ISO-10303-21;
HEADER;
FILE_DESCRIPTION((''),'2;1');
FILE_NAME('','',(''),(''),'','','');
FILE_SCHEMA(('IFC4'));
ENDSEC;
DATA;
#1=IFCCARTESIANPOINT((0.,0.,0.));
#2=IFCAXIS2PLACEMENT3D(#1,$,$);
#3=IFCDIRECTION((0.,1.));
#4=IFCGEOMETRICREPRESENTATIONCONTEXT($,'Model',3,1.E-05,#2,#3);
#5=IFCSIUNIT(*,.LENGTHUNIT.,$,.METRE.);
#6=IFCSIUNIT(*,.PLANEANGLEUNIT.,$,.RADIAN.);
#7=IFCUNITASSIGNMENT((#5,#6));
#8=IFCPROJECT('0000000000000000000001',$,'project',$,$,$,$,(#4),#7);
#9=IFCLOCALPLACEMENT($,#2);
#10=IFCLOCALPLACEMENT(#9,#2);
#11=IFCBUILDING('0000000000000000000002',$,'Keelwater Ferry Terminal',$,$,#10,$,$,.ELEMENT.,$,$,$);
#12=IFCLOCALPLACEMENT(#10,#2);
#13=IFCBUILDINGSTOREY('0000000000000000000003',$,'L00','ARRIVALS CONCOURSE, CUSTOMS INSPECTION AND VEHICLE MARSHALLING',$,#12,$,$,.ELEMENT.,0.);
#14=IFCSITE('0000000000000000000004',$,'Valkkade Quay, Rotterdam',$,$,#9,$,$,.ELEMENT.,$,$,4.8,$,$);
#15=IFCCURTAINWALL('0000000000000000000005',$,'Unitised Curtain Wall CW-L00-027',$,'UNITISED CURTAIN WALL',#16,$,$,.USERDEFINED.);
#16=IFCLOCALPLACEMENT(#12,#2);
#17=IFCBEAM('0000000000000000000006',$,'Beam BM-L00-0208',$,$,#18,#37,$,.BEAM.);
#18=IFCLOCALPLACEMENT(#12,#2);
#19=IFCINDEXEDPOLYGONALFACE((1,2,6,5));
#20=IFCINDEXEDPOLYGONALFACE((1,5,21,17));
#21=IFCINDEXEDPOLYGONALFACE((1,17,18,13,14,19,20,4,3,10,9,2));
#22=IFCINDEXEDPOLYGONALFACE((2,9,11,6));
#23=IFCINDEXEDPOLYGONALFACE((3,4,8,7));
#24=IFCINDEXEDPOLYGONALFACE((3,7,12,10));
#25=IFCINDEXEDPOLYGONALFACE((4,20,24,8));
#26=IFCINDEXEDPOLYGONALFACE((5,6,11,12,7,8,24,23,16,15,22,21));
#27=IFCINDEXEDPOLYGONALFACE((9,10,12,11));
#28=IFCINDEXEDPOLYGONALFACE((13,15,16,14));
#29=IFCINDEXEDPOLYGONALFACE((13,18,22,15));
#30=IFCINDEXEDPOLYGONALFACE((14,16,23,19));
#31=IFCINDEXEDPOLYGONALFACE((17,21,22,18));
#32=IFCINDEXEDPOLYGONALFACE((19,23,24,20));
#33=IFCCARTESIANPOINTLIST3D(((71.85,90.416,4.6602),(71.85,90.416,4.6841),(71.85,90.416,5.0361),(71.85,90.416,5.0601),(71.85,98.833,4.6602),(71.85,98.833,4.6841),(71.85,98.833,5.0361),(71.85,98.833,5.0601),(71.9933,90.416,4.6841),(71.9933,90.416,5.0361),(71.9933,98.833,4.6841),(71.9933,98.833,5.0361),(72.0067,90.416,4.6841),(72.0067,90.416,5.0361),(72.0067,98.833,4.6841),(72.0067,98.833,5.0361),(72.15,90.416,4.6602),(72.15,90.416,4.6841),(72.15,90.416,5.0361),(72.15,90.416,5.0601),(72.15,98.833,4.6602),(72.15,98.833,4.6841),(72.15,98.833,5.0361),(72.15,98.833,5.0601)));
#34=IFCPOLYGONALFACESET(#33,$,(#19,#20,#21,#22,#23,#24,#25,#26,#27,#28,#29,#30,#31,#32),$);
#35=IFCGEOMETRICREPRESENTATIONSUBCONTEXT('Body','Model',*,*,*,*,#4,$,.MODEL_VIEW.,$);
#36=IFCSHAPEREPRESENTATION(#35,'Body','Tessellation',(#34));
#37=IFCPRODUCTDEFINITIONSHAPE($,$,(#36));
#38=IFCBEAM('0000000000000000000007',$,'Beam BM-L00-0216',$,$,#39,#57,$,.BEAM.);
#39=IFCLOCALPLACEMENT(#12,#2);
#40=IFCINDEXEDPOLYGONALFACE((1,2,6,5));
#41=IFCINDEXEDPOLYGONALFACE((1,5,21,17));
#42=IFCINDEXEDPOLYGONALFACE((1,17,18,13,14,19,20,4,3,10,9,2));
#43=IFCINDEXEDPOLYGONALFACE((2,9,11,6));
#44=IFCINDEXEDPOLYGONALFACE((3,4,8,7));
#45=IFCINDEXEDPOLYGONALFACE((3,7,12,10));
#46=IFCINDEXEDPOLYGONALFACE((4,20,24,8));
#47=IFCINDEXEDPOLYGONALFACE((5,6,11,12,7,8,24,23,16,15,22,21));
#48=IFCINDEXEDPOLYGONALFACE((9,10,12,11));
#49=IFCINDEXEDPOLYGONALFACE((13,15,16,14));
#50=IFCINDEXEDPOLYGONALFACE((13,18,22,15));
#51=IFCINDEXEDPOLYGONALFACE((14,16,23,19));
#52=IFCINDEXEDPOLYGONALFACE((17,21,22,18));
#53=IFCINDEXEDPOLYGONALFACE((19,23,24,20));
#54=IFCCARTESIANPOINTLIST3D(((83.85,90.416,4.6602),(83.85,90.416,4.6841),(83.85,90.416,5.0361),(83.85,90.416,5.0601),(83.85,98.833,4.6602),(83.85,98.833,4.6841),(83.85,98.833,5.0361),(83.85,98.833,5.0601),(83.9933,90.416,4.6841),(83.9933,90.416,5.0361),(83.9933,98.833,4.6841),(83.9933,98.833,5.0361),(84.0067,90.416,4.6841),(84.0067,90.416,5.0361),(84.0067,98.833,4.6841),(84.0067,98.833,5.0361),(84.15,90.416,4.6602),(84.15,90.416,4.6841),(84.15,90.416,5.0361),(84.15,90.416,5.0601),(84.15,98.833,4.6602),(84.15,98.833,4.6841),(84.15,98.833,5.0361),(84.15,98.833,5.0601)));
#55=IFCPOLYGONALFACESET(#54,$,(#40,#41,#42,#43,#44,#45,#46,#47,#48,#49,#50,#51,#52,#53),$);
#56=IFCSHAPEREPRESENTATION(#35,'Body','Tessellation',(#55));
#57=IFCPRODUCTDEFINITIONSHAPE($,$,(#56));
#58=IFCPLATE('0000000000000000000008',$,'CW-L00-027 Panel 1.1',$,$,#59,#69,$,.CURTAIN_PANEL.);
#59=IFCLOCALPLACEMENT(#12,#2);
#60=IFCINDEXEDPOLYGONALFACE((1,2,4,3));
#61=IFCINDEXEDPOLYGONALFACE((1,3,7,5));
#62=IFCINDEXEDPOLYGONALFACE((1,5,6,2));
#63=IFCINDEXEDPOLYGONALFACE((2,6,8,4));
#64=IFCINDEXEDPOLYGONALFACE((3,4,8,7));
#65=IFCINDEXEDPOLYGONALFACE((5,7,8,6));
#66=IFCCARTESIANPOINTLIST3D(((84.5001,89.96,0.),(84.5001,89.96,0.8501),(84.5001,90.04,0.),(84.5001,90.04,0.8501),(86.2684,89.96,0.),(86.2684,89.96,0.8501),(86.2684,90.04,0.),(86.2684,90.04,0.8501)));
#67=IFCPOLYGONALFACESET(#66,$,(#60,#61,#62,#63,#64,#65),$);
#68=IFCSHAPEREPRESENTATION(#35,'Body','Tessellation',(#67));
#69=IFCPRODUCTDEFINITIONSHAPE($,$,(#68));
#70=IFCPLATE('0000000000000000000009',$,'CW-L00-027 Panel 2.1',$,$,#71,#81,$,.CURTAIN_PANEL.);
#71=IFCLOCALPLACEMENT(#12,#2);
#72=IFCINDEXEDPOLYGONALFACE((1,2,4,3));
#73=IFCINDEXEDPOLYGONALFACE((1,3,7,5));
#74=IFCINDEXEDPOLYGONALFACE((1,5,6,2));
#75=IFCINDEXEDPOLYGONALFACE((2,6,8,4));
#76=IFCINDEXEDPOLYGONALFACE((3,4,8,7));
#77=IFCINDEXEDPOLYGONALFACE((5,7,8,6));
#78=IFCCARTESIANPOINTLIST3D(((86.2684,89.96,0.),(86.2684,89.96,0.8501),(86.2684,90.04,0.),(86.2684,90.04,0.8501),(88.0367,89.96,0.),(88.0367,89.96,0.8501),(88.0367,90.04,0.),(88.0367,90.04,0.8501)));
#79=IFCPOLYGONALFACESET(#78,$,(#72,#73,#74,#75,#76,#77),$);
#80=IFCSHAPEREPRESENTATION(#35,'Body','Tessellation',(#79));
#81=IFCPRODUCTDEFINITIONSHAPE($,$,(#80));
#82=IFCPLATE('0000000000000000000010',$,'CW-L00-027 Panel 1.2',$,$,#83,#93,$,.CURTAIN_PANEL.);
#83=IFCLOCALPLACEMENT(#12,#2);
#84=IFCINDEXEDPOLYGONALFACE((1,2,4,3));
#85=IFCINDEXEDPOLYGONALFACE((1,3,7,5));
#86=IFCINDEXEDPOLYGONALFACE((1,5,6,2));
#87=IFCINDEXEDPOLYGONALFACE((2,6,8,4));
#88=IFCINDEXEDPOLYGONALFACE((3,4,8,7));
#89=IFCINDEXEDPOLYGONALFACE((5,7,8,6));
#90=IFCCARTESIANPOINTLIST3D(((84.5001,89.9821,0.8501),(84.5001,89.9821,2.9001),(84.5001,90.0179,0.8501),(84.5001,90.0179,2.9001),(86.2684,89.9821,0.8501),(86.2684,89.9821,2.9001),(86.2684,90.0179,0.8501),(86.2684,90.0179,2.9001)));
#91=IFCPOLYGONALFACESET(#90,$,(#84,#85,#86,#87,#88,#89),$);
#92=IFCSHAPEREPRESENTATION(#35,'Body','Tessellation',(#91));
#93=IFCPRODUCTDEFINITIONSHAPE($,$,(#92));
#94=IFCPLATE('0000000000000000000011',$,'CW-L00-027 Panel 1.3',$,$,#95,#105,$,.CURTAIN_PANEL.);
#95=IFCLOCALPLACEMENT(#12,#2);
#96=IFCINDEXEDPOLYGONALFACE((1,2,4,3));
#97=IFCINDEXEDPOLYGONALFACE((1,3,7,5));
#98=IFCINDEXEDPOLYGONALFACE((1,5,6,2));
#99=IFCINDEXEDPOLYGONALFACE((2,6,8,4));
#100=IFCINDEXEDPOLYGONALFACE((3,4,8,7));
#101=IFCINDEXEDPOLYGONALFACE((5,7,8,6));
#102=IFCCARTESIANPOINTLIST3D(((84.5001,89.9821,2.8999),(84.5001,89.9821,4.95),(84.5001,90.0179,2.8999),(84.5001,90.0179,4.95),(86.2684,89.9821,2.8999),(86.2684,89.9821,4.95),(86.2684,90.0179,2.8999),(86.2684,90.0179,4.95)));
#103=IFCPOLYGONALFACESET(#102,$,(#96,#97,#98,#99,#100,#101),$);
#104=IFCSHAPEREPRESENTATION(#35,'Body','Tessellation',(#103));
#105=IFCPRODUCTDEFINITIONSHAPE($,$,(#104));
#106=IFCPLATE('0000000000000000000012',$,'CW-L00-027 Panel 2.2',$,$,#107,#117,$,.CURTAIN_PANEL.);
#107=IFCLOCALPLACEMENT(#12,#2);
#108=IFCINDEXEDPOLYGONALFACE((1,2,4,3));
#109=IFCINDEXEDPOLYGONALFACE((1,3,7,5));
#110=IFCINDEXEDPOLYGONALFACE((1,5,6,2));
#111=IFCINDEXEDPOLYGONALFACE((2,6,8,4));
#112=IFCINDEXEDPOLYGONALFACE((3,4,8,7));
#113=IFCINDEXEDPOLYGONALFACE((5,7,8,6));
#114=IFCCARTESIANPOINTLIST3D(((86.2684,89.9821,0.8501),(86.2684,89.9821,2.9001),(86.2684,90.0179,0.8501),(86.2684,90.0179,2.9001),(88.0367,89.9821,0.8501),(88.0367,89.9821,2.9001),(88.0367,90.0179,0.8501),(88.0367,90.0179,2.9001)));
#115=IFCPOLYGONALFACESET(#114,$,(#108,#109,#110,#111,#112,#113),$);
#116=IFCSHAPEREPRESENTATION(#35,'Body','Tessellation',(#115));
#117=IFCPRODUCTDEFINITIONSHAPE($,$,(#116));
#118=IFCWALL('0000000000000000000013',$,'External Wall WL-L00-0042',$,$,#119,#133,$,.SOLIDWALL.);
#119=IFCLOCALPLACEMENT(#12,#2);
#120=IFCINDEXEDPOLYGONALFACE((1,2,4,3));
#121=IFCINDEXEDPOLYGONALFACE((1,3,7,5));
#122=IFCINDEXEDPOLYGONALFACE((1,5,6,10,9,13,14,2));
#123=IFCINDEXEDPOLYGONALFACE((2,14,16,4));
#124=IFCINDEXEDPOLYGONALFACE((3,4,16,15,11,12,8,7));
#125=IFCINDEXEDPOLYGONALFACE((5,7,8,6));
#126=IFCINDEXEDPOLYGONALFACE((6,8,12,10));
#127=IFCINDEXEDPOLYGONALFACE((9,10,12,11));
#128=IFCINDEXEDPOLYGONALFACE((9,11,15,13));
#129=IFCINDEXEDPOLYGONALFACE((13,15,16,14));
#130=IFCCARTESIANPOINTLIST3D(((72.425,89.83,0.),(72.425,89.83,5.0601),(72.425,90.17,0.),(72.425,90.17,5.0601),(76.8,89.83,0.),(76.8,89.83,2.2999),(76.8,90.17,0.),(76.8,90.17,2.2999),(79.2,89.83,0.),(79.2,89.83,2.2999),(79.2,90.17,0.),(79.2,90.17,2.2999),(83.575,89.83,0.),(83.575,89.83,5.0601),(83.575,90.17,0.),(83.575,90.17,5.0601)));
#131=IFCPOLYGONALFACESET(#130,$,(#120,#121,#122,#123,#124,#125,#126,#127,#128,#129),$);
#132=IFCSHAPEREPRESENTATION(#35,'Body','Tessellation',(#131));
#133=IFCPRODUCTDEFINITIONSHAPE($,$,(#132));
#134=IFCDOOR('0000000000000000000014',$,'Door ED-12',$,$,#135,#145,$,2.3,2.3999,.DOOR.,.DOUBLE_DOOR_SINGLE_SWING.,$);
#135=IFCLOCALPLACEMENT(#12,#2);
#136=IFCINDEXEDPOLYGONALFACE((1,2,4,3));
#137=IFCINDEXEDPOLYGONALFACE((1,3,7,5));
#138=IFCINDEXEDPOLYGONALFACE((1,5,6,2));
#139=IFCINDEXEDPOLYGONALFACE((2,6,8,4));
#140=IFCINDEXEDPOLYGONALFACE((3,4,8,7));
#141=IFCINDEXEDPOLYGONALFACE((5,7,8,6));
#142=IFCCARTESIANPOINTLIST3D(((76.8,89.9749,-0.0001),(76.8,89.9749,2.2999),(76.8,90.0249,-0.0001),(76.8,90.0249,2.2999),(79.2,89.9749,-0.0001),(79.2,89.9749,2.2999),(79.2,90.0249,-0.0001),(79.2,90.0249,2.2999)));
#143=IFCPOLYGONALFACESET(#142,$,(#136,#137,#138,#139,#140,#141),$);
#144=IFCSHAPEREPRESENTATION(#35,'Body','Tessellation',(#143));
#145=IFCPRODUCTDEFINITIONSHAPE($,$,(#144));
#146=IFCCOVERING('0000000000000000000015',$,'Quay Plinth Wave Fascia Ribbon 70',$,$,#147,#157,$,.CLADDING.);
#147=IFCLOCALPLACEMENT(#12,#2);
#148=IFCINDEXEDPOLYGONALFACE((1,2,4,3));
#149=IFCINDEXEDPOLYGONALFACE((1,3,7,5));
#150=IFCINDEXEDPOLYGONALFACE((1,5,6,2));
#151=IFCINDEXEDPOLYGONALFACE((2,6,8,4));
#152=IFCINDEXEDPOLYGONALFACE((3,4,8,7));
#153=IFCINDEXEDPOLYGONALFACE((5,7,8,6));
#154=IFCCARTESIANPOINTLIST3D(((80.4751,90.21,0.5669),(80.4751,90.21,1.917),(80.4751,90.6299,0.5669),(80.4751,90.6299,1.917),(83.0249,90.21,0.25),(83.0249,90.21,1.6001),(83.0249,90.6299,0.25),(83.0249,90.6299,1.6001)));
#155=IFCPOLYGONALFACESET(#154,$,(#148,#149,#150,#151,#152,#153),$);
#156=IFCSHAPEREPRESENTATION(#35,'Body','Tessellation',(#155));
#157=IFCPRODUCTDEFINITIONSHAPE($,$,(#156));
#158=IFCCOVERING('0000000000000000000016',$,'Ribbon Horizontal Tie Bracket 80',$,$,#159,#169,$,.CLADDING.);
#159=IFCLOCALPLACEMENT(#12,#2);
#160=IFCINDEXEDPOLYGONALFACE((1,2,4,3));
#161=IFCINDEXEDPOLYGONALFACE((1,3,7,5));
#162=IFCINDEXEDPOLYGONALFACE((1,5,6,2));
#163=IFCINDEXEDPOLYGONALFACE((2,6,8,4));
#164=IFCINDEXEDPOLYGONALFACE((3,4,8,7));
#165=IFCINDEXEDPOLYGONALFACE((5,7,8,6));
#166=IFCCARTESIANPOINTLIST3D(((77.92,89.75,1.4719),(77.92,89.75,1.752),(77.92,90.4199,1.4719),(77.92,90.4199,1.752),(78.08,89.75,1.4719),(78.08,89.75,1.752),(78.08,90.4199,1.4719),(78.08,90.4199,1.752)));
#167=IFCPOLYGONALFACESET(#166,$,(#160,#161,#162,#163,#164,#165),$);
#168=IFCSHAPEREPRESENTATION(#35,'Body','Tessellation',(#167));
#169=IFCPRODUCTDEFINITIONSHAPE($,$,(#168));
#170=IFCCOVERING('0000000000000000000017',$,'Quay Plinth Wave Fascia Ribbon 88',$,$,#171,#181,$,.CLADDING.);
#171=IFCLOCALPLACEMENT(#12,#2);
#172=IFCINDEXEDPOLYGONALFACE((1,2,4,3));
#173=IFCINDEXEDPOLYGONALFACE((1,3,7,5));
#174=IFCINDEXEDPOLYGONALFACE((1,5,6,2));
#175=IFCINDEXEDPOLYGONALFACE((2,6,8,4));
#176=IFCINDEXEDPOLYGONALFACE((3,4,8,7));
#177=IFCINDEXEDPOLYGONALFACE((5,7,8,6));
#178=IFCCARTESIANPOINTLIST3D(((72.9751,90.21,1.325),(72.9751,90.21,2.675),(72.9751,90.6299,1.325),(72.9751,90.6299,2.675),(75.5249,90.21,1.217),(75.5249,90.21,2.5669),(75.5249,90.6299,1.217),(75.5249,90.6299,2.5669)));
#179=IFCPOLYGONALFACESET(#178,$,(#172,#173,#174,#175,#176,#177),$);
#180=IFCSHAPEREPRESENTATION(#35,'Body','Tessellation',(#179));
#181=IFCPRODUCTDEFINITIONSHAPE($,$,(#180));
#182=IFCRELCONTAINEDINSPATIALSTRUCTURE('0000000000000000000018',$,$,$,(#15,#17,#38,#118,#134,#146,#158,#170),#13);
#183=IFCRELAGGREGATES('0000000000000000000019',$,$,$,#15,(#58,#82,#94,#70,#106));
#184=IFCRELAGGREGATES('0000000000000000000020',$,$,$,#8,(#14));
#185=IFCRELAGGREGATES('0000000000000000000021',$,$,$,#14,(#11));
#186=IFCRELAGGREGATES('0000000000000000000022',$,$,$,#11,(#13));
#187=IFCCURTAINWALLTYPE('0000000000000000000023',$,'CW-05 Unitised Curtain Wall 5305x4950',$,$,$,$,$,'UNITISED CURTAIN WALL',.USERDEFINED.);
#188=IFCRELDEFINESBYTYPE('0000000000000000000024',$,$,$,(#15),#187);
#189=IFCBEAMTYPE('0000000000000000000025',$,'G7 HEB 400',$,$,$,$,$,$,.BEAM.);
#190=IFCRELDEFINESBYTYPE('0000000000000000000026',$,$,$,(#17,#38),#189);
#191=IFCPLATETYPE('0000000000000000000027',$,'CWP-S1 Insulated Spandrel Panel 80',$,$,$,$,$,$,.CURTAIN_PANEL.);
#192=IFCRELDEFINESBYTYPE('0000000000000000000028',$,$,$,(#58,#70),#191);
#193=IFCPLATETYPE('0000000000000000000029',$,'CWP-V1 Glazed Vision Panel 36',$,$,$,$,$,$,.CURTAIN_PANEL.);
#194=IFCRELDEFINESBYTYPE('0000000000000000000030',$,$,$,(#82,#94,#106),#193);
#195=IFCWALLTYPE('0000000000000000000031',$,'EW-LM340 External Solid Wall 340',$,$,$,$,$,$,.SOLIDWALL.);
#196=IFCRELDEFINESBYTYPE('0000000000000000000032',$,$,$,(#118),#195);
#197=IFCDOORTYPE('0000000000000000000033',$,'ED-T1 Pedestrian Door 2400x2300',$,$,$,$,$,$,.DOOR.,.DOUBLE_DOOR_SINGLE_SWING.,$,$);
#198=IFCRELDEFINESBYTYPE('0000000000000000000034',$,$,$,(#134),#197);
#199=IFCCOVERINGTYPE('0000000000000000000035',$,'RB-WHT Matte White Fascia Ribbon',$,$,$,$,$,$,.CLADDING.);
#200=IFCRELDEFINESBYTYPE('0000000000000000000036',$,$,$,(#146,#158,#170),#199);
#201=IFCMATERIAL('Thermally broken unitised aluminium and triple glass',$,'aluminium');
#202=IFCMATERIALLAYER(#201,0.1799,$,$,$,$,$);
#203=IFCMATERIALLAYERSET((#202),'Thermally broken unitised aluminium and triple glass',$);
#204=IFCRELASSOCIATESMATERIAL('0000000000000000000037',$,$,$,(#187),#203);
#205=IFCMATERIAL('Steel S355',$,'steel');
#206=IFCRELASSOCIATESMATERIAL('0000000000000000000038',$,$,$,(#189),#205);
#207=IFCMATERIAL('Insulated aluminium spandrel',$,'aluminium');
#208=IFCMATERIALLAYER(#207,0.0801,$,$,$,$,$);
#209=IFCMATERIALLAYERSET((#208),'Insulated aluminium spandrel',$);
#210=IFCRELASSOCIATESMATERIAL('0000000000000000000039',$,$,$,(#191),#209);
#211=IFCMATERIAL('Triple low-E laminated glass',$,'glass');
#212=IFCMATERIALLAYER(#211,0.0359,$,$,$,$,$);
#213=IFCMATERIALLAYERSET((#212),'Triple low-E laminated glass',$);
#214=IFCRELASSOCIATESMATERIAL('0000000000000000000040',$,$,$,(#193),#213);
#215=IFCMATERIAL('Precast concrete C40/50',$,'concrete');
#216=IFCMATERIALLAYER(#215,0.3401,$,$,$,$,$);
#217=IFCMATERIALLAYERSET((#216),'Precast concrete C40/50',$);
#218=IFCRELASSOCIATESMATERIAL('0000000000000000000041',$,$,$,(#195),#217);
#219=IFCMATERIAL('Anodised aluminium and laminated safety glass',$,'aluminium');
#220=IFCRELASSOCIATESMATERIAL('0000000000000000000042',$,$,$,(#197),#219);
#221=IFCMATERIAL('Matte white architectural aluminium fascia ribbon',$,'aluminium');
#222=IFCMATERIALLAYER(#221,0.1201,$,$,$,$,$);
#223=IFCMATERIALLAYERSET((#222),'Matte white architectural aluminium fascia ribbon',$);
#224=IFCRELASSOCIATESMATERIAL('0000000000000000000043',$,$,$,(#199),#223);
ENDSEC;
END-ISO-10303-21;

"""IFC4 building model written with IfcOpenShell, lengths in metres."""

from ifc_helpers import new_model, si_unit, direction, frame, frame_2d, origin, origin_2d, place, context, subcontext, project, spatial, polyline, rectangle, i_section, outline, extrude, material, layer, layer_set, material_profile, profile_set, type_object, element, fill, aggregate, save


model = new_model("IFC4")

# Units and contexts
model_context = context("Model", 3, precision=1e-05, world=origin(), true_north=direction((0.0, 1.0)))
body_context = subcontext(model_context, "Body", "Model", "MODEL_VIEW")
ifc_project = project(units=[si_unit("LENGTHUNIT", "METRE"), si_unit("PLANEANGLEUNIT", "RADIAN")], contexts=[model_context])

# Site, building, storey
site_placement = place(None, origin())
site = spatial("IfcSite", under=ifc_project, at=site_placement, Name="Valkkade Quay, Rotterdam", CompositionType="ELEMENT", RefElevation=4.8)
building_placement = place(site_placement, origin())
building = spatial("IfcBuilding", under=site, at=building_placement, Name="Keelwater Ferry Terminal", CompositionType="ELEMENT")
storey_placement = place(building_placement, origin())
storey = spatial("IfcBuildingStorey", under=building, at=storey_placement, Name="L00", Description="ARRIVALS CONCOURSE, CUSTOMS INSPECTION AND VEHICLE MARSHALLING", CompositionType="ELEMENT", Elevation=0.0)

# Shared definitions
ifc_material_1 = material(Name="Thermally broken unitised aluminium and triple glass", Category="aluminium")
ifc_layer_1 = layer(ifc_material_1, 0.1799)
ifc_layer_set_1 = layer_set([ifc_layer_1], Name="Thermally broken unitised aluminium and triple glass")
curtain_wall_type = type_object("IfcCurtainWallType", Name="CW-05 Unitised Curtain Wall 5305x4950", ElementType="UNITISED CURTAIN WALL", PredefinedType="USERDEFINED", material=ifc_layer_set_1)

# Curtain wall
curtain_wall_1_placement = place(storey_placement, origin())
curtain_wall_1 = element("IfcCurtainWall", 1, at=curtain_wall_1_placement, inside=storey, type_object=curtain_wall_type, Name="Unitised Curtain Wall CW-L00-027", ObjectType="UNITISED CURTAIN WALL", PredefinedType="USERDEFINED")

# Beams
ifc_material_2 = material(Name="Steel S355", Category="steel")
ifc_material_profile_1 = material_profile(ifc_material_2, i_section(OverallWidth=0.3, OverallDepth=0.3999, WebThickness=0.0134, FlangeThickness=0.0239, at=origin_2d()), Name="HEB 400")
ifc_profile_set_1 = profile_set([ifc_material_profile_1], Name="Steel S355")
beam_type_1 = type_object("IfcBeamType", Name="G7 HEB 400", PredefinedType="BEAM", material=ifc_profile_set_1)
for number, where, z_axis, x_axis, name in (
    (2, (72.0, 90.416, 4.8601), (0.0, 1.0, 0.0), (-1.0, 0.0, 0.0), "Beam BM-L00-0208"),
    (3, (84.0, 90.416, 4.8601), (0.0, 1.0, 0.0), (-1.0, 0.0, 0.0), "Beam BM-L00-0216"),
):
    element("IfcBeam", number, at=place(storey_placement, frame(where, z_axis=z_axis, x_axis=x_axis)), inside=storey, type_object=beam_type_1, Name=name, PredefinedType="BEAM", context=body_context, shape_type="SweptSolid", body=[
        extrude(i_section(OverallWidth=0.3, OverallDepth=0.3999, WebThickness=0.0134, FlangeThickness=0.0239, at=origin_2d()), origin(), (0.0, 0.0, 1.0), 8.417),
    ])

# Plates
ifc_material_3 = material(Name="Insulated aluminium spandrel", Category="aluminium")
ifc_layer_2 = layer(ifc_material_3, 0.0801)
ifc_layer_set_2 = layer_set([ifc_layer_2], Name="Insulated aluminium spandrel")
plate_type_1 = type_object("IfcPlateType", Name="CWP-S1 Insulated Spandrel Panel 80", PredefinedType="CURTAIN_PANEL", material=ifc_layer_set_2)
plate_1_placement = place(storey_placement, frame((85.3843, 90.0, 0.0), z_axis=(0.0, 0.0, 1.0), x_axis=(1.0, 0.0, 0.0)))
plate_1 = element("IfcPlate", 4, at=plate_1_placement, type_object=plate_type_1, Name="CW-L00-027 Panel 1.1", PredefinedType="CURTAIN_PANEL", context=body_context, shape_type="SweptSolid", body=[
    extrude(rectangle(XDim=1.7683, YDim=0.0801, at=origin_2d()), origin(), (0.0, 0.0, 1.0), 0.8501),
])
plate_2_placement = place(storey_placement, frame((87.1526, 90.0, 0.0), z_axis=(0.0, 0.0, 1.0), x_axis=(1.0, 0.0, 0.0)))
plate_2 = element("IfcPlate", 5, at=plate_2_placement, type_object=plate_type_1, Name="CW-L00-027 Panel 2.1", PredefinedType="CURTAIN_PANEL", context=body_context, shape_type="SweptSolid", body=[
    extrude(rectangle(XDim=1.7683, YDim=0.0801, at=origin_2d()), origin(), (0.0, 0.0, 1.0), 0.8501),
])
ifc_material_4 = material(Name="Triple low-E laminated glass", Category="glass")
ifc_layer_3 = layer(ifc_material_4, 0.0359)
ifc_layer_set_3 = layer_set([ifc_layer_3], Name="Triple low-E laminated glass")
plate_type_2 = type_object("IfcPlateType", Name="CWP-V1 Glazed Vision Panel 36", PredefinedType="CURTAIN_PANEL", material=ifc_layer_set_3)
plate_3_placement = place(storey_placement, frame((85.3843, 90.0, 0.8501), z_axis=(0.0, 0.0, 1.0), x_axis=(1.0, 0.0, 0.0)))
plate_3 = element("IfcPlate", 6, at=plate_3_placement, type_object=plate_type_2, Name="CW-L00-027 Panel 1.2", PredefinedType="CURTAIN_PANEL", context=body_context, shape_type="SweptSolid", body=[
    extrude(rectangle(XDim=1.7683, YDim=0.0359, at=origin_2d()), origin(), (0.0, 0.0, 1.0), 2.05),
])
plate_4_placement = place(storey_placement, frame((85.3843, 90.0, 2.8999), z_axis=(0.0, 0.0, 1.0), x_axis=(1.0, 0.0, 0.0)))
plate_4 = element("IfcPlate", 7, at=plate_4_placement, type_object=plate_type_2, Name="CW-L00-027 Panel 1.3", PredefinedType="CURTAIN_PANEL", context=body_context, shape_type="SweptSolid", body=[
    extrude(rectangle(XDim=1.7683, YDim=0.0359, at=origin_2d()), origin(), (0.0, 0.0, 1.0), 2.05),
])
plate_5_placement = place(storey_placement, frame((87.1526, 90.0, 0.8501), z_axis=(0.0, 0.0, 1.0), x_axis=(1.0, 0.0, 0.0)))
plate_5 = element("IfcPlate", 8, at=plate_5_placement, type_object=plate_type_2, Name="CW-L00-027 Panel 2.2", PredefinedType="CURTAIN_PANEL", context=body_context, shape_type="SweptSolid", body=[
    extrude(rectangle(XDim=1.7683, YDim=0.0359, at=origin_2d()), origin(), (0.0, 0.0, 1.0), 2.05),
])
aggregate(curtain_wall_1, [plate_1, plate_3, plate_4, plate_2, plate_5])

# Wall, opening, door
ifc_material_5 = material(Name="Precast concrete C40/50", Category="concrete")
ifc_layer_4 = layer(ifc_material_5, 0.3401)
ifc_layer_set_4 = layer_set([ifc_layer_4], Name="Precast concrete C40/50")
wall_type = type_object("IfcWallType", Name="EW-LM340 External Solid Wall 340", PredefinedType="SOLIDWALL", material=ifc_layer_set_4)
wall_placement = place(storey_placement, frame((72.425, 90.0, 0.0), z_axis=(0.0, 0.0, 1.0), x_axis=(1.0, 0.0, 0.0)))
wall = element("IfcWall", 9, at=wall_placement, inside=storey, type_object=wall_type, Name="External Wall WL-L00-0042", PredefinedType="SOLIDWALL", context=body_context, shape_type="SweptSolid", body=[
    extrude(rectangle(XDim=11.1499, YDim=0.3401, at=frame_2d((5.575, 0.0))), origin(), (0.0, 0.0, 1.0), 5.0601),
])
opening_placement = place(wall_placement, frame((4.375, 0.0, 0.0)))
opening = element("IfcOpeningElement", 10, at=opening_placement, cuts=wall, PredefinedType="OPENING", context=body_context, shape_type="SweptSolid", body=[
    extrude(rectangle(XDim=2.3999, YDim=2.3, at=frame_2d((1.2, 1.1499))), frame((0.0, 0.1799, 0.0), z_axis=(0.0, -1.0, 0.0), x_axis=(1.0, 0.0, 0.0)), (0.0, 0.0, 1.0), 0.3601),
])
ifc_material_6 = material(Name="Anodised aluminium and laminated safety glass", Category="aluminium")
door_type = type_object("IfcDoorType", Name="ED-T1 Pedestrian Door 2400x2300", OperationType="DOUBLE_DOOR_SINGLE_SWING", PredefinedType="DOOR", material=ifc_material_6)
door_placement = place(opening_placement, origin())
door = element("IfcDoor", 11, at=door_placement, inside=storey, type_object=door_type, Name="Door ED-12", OperationType="DOUBLE_DOOR_SINGLE_SWING", OverallHeight=2.3, OverallWidth=2.3999, PredefinedType="DOOR", context=body_context, shape_type="SweptSolid", body=[
    extrude(rectangle(XDim=2.3999, YDim=2.3, at=frame_2d((1.2, 1.1499))), frame((0.0, 0.0249, 0.0), z_axis=(0.0, -1.0, 0.0), x_axis=(1.0, 0.0, 0.0)), (0.0, 0.0, 1.0), 0.05),
])
fill(opening, door)

# Coverings
ifc_material_7 = material(Name="Matte white architectural aluminium fascia ribbon", Category="aluminium")
ifc_layer_5 = layer(ifc_material_7, 0.1201)
ifc_layer_set_5 = layer_set([ifc_layer_5], Name="Matte white architectural aluminium fascia ribbon")
covering_type = type_object("IfcCoveringType", Name="RB-WHT Matte White Fascia Ribbon", PredefinedType="CLADDING", material=ifc_layer_set_5)
covering_1_placement = place(storey_placement, frame((83.0249, 90.4199, 0.25), z_axis=(0.0, 0.0, 1.0), x_axis=(-1.0, 0.0, 0.0)))
element("IfcCovering", 12, at=covering_1_placement, inside=storey, type_object=covering_type, Name="Quay Plinth Wave Fascia Ribbon 70", PredefinedType="CLADDING", context=body_context, shape_type="SweptSolid", body=[
    extrude(outline(polyline([(0.0, 0.0), (2.5498, 0.3169), (2.5498, 1.667), (0.0, 1.3501), (0.0, 0.0)])), frame((0.0, 0.21, 0.0), z_axis=(0.0, -1.0, 0.0), x_axis=(1.0, 0.0, 0.0)), (0.0, 0.0, 1.0), 0.4199),
])
covering_2_placement = place(storey_placement, frame((78.0, 90.4199, 1.4719), z_axis=(0.0, 0.0, 1.0), x_axis=(0.0, -1.0, 0.0)))
element("IfcCovering", 13, at=covering_2_placement, inside=storey, type_object=covering_type, Name="Ribbon Horizontal Tie Bracket 80", PredefinedType="CLADDING", context=body_context, shape_type="SweptSolid", body=[
    extrude(rectangle(XDim=0.6699, YDim=0.1599, at=frame_2d((0.335, 0.0))), origin(), (0.0, 0.0, 1.0), 0.28),
])
covering_3_placement = place(storey_placement, frame((75.5249, 90.4199, 1.217), z_axis=(0.0, 0.0, 1.0), x_axis=(-1.0, 0.0, 0.0)))
element("IfcCovering", 14, at=covering_3_placement, inside=storey, type_object=covering_type, Name="Quay Plinth Wave Fascia Ribbon 88", PredefinedType="CLADDING", context=body_context, shape_type="SweptSolid", body=[
    extrude(outline(polyline([(0.0, 0.0), (2.5498, 0.1079), (2.5498, 1.458), (0.0, 1.3499), (0.0, 0.0)])), frame((0.0, 0.21, 0.0), z_axis=(0.0, -1.0, 0.0), x_axis=(1.0, 0.0, 0.0)), (0.0, 0.0, 1.0), 0.4199),
])

save(model, "model.ifc")
